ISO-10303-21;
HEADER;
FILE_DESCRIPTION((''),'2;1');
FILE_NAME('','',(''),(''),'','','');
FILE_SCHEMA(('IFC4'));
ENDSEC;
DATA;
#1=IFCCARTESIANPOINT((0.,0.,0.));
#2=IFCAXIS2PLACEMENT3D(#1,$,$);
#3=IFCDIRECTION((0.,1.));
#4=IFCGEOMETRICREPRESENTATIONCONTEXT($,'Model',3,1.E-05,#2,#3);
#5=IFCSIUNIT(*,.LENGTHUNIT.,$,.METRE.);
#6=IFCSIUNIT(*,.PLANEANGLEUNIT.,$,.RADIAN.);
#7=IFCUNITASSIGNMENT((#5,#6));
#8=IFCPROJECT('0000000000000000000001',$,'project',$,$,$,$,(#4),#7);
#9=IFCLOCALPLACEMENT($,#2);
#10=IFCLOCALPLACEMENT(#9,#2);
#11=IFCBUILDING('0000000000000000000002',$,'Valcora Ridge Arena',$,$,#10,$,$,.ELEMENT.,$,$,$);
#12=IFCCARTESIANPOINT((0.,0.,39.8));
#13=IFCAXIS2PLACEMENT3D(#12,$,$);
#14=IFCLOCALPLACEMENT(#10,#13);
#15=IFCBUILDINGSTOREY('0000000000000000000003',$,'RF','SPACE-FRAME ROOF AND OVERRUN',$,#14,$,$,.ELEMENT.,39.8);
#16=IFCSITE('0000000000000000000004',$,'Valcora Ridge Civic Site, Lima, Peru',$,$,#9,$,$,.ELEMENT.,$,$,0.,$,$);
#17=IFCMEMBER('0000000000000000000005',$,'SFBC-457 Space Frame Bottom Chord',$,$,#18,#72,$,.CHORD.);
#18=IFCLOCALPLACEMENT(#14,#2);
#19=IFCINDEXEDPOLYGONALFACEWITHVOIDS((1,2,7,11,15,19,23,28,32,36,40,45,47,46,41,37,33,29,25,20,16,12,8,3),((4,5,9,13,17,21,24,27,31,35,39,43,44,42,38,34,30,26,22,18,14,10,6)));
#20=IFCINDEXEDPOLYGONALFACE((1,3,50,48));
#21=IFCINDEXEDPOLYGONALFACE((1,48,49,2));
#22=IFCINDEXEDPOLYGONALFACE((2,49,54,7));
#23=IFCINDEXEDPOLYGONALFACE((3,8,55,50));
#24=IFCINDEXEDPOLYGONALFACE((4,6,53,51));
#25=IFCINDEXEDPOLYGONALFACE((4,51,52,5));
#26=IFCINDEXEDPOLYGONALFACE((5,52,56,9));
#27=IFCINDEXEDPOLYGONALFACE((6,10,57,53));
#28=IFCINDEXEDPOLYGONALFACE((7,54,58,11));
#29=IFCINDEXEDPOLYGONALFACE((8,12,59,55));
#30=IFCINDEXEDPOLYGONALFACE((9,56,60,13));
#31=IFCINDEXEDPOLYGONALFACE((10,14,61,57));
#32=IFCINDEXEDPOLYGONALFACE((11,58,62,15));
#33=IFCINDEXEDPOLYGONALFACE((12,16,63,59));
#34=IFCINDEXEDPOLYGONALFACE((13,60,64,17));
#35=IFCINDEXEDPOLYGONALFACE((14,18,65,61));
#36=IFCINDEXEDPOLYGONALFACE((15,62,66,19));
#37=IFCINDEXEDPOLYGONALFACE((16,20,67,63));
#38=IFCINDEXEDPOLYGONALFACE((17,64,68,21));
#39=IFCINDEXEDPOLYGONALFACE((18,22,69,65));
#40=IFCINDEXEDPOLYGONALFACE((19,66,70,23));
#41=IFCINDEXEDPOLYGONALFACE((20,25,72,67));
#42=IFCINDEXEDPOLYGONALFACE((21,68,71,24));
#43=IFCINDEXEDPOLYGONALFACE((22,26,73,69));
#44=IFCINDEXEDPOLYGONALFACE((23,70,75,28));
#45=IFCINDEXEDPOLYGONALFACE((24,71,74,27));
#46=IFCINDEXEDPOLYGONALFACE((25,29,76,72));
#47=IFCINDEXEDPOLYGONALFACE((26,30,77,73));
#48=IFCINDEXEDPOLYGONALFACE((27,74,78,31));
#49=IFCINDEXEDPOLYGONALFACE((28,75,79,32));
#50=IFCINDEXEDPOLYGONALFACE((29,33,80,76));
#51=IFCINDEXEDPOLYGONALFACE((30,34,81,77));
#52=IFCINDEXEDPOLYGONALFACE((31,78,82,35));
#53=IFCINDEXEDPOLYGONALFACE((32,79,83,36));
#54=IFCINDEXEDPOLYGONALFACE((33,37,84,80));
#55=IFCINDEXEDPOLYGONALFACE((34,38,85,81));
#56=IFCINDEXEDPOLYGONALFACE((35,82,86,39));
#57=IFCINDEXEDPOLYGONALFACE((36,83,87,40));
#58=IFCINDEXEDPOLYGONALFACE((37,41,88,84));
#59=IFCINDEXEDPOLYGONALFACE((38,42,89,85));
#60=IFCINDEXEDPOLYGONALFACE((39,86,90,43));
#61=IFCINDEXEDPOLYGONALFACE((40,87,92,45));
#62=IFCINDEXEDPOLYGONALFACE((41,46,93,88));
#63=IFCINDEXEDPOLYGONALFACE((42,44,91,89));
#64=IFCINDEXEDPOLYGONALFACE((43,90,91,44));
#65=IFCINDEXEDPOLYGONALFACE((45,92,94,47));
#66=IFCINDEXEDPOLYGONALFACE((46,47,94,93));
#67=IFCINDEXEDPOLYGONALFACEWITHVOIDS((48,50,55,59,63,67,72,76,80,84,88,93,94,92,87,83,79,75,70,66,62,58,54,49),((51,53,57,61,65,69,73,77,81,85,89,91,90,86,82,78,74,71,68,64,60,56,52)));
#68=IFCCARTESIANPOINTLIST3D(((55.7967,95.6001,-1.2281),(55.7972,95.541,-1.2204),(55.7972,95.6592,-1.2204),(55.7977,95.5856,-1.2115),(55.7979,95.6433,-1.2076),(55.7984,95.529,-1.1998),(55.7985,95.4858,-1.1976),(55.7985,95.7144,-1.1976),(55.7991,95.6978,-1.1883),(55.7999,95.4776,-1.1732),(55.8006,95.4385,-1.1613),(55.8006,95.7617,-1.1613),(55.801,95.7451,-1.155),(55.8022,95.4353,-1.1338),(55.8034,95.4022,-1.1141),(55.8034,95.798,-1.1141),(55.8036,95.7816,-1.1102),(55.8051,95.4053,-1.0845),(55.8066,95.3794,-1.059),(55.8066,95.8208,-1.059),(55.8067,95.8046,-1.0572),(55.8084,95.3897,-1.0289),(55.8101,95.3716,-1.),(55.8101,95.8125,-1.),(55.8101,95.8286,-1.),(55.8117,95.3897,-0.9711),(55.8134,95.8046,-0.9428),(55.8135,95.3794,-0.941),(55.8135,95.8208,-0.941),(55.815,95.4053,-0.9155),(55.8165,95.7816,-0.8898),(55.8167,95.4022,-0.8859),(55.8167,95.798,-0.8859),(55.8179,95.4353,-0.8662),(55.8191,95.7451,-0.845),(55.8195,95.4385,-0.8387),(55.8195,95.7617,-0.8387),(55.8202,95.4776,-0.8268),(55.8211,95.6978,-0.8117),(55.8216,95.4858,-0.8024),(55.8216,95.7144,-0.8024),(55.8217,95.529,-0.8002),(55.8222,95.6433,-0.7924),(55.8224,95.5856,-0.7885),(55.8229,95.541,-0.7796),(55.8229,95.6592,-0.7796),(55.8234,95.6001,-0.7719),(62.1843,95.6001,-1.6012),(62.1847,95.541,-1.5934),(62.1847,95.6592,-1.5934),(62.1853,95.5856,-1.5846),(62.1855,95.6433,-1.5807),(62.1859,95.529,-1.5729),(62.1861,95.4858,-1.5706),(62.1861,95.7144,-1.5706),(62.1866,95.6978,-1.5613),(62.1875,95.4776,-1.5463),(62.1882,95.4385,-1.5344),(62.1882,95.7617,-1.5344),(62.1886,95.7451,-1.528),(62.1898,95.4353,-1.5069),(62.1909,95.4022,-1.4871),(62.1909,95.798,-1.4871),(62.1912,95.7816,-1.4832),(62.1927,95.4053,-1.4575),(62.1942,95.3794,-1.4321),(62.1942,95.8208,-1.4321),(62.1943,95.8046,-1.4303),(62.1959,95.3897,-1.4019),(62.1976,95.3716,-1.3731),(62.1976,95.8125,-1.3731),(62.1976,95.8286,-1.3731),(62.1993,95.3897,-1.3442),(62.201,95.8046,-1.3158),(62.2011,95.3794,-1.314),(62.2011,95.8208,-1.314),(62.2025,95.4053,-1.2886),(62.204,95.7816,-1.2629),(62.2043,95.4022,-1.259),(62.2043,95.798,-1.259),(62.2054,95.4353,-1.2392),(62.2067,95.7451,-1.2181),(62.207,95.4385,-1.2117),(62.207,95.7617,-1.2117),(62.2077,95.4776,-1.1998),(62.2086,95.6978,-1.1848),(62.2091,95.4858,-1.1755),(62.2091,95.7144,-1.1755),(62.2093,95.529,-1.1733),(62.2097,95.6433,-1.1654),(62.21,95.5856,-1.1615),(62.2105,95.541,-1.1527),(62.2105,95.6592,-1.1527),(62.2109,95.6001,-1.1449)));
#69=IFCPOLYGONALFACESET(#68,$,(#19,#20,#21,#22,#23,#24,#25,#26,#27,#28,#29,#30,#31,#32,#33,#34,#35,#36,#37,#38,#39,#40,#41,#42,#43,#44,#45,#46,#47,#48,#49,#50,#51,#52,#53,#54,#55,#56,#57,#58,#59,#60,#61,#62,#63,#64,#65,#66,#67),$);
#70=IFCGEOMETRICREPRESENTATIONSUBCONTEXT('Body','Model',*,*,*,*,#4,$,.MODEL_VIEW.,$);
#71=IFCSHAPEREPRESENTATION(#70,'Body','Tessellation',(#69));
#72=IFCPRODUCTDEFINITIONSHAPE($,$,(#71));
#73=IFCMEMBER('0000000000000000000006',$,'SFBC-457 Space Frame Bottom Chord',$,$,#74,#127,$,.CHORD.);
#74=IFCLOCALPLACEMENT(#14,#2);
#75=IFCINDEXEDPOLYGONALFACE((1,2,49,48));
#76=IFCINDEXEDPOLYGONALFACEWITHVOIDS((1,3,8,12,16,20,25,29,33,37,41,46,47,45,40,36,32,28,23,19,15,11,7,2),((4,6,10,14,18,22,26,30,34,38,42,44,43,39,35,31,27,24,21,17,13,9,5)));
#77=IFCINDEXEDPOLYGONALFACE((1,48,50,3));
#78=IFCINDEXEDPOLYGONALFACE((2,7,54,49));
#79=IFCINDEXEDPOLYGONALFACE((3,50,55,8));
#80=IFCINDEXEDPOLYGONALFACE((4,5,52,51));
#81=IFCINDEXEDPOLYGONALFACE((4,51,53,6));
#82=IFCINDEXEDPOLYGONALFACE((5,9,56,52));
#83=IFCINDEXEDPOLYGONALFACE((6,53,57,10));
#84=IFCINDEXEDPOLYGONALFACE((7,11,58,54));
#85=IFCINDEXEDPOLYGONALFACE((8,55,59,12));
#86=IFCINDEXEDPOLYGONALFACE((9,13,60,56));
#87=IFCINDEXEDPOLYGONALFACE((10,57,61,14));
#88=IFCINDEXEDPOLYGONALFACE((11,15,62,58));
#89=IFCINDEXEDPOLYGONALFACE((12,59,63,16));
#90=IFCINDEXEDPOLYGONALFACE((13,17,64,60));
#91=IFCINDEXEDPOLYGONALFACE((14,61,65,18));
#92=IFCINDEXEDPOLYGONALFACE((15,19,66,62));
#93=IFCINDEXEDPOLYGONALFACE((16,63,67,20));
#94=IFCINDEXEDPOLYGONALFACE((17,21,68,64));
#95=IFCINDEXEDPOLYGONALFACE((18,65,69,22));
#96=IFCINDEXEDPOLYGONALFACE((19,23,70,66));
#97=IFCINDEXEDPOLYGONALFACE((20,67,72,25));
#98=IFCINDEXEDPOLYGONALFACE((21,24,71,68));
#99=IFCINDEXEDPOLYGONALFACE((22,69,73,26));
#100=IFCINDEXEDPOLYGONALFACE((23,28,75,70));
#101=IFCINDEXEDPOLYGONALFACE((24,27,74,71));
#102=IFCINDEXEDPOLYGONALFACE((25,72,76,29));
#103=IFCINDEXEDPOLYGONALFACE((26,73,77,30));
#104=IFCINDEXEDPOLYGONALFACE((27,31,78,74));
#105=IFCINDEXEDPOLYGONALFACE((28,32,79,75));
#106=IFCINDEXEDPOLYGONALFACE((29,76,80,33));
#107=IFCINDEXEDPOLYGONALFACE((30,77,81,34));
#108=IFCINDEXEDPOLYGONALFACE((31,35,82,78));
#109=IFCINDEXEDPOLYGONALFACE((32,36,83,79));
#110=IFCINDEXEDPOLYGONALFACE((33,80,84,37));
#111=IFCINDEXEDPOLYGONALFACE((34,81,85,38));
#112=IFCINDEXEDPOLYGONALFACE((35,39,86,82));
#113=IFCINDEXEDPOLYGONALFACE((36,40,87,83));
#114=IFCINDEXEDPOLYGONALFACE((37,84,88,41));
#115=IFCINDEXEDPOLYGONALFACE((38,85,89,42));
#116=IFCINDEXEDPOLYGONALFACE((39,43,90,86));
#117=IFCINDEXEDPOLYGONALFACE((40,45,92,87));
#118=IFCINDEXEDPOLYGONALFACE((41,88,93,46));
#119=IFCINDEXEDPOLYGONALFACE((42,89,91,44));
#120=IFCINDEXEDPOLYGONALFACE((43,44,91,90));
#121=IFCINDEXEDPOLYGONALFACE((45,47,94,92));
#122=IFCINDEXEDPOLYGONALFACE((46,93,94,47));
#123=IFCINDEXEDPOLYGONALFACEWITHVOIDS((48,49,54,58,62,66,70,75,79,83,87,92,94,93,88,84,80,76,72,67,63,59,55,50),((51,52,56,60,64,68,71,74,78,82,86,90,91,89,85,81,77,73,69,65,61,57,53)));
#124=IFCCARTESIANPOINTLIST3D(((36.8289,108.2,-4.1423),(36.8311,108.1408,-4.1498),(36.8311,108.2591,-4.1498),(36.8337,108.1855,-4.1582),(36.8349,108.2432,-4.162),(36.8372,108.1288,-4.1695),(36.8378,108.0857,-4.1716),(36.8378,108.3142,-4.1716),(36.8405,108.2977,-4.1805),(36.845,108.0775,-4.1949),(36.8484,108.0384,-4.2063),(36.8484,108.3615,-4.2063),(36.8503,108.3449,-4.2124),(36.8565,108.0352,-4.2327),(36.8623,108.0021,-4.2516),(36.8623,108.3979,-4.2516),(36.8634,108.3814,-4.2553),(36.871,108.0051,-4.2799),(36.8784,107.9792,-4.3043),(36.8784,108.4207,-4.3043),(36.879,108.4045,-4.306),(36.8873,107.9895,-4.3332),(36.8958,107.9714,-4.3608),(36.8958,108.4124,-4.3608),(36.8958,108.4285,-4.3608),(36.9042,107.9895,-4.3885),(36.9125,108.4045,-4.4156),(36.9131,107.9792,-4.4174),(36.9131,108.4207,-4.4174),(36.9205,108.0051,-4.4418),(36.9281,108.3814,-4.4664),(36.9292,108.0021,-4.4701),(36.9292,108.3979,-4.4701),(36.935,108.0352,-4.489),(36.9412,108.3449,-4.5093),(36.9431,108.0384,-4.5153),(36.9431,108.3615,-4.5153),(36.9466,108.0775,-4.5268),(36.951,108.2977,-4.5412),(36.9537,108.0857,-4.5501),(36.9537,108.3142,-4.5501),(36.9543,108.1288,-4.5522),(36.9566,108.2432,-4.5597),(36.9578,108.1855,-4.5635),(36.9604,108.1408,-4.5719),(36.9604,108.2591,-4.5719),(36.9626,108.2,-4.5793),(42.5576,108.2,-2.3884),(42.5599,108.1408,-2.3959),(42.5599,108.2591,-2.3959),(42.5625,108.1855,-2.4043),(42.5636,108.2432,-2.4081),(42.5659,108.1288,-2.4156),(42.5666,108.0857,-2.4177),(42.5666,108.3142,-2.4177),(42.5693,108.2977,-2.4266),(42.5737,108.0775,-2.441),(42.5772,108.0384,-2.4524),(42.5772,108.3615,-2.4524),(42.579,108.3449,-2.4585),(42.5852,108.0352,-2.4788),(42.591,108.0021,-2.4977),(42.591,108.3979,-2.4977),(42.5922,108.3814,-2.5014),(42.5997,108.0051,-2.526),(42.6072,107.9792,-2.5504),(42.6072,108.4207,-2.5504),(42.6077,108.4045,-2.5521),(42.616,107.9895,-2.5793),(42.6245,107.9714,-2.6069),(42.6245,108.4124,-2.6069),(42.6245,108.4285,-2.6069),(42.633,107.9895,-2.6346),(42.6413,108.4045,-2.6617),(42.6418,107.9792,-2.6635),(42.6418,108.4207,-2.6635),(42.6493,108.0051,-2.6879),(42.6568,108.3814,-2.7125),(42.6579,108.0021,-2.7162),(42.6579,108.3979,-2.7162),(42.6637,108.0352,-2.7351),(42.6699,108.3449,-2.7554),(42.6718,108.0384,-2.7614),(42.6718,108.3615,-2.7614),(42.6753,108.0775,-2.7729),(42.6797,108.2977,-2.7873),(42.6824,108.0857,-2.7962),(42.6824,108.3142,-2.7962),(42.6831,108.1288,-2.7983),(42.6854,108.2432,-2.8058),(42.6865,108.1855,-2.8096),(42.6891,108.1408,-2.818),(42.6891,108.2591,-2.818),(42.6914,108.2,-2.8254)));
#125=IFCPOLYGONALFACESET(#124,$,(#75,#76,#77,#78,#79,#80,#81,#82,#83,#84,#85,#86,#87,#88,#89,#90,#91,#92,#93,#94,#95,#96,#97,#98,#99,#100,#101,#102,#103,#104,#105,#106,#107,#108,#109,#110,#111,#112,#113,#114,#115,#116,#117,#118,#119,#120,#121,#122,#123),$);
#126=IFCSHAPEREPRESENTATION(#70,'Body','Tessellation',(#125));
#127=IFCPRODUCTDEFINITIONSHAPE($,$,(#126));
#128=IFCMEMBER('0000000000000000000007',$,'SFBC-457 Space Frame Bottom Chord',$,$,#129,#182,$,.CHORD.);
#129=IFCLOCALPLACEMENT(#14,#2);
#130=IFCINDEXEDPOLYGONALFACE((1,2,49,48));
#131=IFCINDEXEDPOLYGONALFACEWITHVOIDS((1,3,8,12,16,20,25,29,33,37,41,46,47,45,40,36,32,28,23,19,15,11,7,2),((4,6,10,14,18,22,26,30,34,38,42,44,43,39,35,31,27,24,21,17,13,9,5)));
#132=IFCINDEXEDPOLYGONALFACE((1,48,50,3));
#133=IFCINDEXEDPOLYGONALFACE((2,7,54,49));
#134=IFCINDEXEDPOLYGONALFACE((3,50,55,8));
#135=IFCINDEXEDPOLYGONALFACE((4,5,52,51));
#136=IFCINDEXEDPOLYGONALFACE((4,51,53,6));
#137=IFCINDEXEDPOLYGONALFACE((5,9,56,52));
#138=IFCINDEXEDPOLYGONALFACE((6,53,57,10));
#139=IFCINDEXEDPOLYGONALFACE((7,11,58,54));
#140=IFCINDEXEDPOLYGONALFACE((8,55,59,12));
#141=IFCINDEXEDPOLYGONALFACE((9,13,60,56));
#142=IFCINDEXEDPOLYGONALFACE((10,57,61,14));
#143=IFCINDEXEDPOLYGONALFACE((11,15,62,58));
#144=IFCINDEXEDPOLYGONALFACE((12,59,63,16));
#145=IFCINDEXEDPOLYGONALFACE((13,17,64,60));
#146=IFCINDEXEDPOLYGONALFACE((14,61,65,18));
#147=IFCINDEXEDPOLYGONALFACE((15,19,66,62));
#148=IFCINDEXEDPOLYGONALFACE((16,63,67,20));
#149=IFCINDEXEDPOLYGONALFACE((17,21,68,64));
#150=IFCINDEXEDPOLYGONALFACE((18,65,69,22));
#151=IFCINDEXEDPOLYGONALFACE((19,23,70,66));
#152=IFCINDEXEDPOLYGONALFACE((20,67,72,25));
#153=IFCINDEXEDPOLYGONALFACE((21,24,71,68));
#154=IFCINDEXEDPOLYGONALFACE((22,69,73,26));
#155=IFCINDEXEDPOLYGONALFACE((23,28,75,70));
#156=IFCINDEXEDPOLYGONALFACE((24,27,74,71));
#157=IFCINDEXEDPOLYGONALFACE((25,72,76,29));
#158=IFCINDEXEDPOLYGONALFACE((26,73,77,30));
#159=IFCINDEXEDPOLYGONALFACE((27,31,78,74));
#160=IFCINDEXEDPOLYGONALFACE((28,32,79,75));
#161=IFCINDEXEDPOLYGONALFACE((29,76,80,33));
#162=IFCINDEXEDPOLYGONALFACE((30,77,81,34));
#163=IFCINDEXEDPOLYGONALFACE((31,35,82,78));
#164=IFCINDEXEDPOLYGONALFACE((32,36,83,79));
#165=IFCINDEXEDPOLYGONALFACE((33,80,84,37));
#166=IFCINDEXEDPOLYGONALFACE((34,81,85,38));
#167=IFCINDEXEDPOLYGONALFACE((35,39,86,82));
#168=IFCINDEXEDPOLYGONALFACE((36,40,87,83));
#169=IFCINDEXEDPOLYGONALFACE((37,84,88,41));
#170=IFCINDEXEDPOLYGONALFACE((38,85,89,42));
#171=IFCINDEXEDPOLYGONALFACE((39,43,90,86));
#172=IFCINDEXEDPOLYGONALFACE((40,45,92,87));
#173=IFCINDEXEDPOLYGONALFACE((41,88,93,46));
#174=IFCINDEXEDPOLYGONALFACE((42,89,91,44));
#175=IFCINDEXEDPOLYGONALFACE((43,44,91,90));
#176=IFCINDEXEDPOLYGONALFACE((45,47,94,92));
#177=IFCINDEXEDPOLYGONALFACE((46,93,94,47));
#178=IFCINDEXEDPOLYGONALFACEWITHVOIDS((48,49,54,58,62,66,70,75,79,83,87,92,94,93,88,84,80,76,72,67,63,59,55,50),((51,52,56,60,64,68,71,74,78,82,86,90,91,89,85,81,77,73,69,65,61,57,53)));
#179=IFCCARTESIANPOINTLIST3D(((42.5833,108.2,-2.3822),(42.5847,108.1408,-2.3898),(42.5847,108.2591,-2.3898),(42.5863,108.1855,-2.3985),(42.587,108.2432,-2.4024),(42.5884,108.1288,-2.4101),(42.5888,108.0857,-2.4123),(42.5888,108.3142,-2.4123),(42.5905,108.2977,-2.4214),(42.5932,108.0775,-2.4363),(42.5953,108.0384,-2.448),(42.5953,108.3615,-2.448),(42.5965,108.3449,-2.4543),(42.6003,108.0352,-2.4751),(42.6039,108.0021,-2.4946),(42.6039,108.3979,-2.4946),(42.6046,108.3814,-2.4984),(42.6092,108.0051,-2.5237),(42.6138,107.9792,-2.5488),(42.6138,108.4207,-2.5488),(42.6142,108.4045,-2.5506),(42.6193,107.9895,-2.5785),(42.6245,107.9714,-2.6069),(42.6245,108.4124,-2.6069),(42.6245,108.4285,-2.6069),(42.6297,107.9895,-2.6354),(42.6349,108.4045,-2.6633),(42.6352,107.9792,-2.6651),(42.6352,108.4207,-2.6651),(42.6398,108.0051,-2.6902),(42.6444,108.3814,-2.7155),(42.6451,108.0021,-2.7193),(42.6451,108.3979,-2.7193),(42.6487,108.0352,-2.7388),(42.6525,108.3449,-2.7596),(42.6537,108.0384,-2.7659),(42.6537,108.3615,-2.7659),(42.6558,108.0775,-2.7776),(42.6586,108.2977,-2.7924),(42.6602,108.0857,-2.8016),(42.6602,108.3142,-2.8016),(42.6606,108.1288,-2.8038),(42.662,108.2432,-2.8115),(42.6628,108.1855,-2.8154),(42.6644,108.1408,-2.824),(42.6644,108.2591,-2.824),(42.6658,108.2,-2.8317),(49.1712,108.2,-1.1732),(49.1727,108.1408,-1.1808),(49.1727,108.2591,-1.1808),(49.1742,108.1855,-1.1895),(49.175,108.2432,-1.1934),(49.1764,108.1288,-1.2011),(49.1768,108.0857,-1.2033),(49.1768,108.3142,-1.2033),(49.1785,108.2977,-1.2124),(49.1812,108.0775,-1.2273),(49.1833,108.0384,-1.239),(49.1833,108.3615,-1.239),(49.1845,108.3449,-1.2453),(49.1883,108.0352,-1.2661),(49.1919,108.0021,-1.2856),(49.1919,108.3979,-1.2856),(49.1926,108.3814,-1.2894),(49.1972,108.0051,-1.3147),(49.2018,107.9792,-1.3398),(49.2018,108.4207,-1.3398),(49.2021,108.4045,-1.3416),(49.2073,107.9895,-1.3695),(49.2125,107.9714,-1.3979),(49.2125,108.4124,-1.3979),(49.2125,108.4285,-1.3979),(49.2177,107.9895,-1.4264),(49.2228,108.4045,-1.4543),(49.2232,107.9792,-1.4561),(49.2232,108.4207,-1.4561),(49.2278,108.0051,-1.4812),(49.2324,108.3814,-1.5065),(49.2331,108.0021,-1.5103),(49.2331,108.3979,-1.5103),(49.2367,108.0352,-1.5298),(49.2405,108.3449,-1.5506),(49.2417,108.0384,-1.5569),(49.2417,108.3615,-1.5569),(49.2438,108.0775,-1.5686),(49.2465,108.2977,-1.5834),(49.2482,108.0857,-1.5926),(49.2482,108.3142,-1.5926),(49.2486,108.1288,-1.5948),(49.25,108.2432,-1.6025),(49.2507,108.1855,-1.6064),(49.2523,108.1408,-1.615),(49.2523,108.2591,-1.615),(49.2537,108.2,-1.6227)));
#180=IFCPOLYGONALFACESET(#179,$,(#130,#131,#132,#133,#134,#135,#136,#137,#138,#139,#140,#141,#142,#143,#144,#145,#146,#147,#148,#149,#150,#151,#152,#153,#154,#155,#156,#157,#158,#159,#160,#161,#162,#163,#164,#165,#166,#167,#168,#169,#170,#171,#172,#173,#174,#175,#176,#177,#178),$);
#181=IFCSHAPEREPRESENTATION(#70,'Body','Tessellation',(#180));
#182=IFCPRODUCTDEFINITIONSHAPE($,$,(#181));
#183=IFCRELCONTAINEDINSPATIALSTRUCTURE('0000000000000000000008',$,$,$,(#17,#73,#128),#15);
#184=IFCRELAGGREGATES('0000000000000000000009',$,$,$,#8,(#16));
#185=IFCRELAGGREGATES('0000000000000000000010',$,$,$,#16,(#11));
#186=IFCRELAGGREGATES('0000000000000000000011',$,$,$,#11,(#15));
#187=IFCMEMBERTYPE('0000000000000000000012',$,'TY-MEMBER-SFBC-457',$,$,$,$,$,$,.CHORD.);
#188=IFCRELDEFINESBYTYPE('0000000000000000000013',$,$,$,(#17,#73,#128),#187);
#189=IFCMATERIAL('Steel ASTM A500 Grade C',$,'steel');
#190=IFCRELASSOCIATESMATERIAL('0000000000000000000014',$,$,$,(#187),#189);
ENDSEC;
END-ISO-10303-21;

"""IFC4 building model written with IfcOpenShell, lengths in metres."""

from ifc_helpers import new_model, si_unit, direction, frame, origin, origin_2d, place, context, subcontext, project, spatial, hollow_circle, extrude, material, material_profile, profile_set, type_object, element, save


model = new_model("IFC4")

# Units and contexts
model_context = context("Model", 3, precision=1e-05, world=origin(), true_north=direction((0.0, 1.0)))
body_context = subcontext(model_context, "Body", "Model", "MODEL_VIEW")
ifc_project = project(units=[si_unit("LENGTHUNIT", "METRE"), si_unit("PLANEANGLEUNIT", "RADIAN")], contexts=[model_context])

# Site, building, storey
site_placement = place(None, origin())
site = spatial("IfcSite", under=ifc_project, at=site_placement, Name="Valcora Ridge Civic Site, Lima, Peru", CompositionType="ELEMENT", RefElevation=0.0)
building_placement = place(site_placement, origin())
building = spatial("IfcBuilding", under=site, at=building_placement, Name="Valcora Ridge Arena", CompositionType="ELEMENT")
storey_placement = place(building_placement, frame((0.0, 0.0, 39.8)))
storey = spatial("IfcBuildingStorey", under=building, at=storey_placement, Name="RF", Description="SPACE-FRAME ROOF AND OVERRUN", CompositionType="ELEMENT", Elevation=39.8)

# Members
ifc_material_1 = material(Name="Steel ASTM A500 Grade C", Category="steel")
ifc_material_profile_1 = material_profile(ifc_material_1, hollow_circle(Radius=0.2285, WallThickness=0.0161, at=origin_2d()), Name="CHS457X16")
ifc_profile_set_1 = profile_set([ifc_material_profile_1], Name="Steel ASTM A500 Grade C")
member_type_1 = type_object("IfcMemberType", Name="TY-MEMBER-SFBC-457", PredefinedType="CHORD", material=ifc_profile_set_1)
member_1_placement = place(storey_placement, frame((55.8101, 95.6001, -1.0), z_axis=(0.998299, 0.0, -0.058304), x_axis=(0.0, 1.0, 0.0)))
element("IfcMember", 1, at=member_1_placement, inside=storey, type_object=member_type_1, Name="SFBC-457 Space Frame Bottom Chord", PredefinedType="CHORD", context=body_context, shape_type="SweptSolid", body=[
    extrude(hollow_circle(Radius=0.2285, WallThickness=0.0161, at=origin_2d()), origin(), (0.0, 0.0, 1.0), 6.3984),
])
member_2_placement = place(storey_placement, frame((36.8958, 108.2, -4.3608), z_axis=(0.95619, 0.0, 0.292745), x_axis=(0.0, 1.0, 0.0)))
element("IfcMember", 2, at=member_2_placement, inside=storey, type_object=member_type_1, Name="SFBC-457 Space Frame Bottom Chord", PredefinedType="CHORD", context=body_context, shape_type="SweptSolid", body=[
    extrude(hollow_circle(Radius=0.2285, WallThickness=0.0161, at=origin_2d()), origin(), (0.0, 0.0, 1.0), 5.9912),
])
member_3_placement = place(storey_placement, frame((42.6245, 108.2, -2.6069), z_axis=(0.983575, 0.0, 0.180502), x_axis=(0.0, 1.0, 0.0)))
element("IfcMember", 3, at=member_3_placement, inside=storey, type_object=member_type_1, Name="SFBC-457 Space Frame Bottom Chord", PredefinedType="CHORD", context=body_context, shape_type="SweptSolid", body=[
    extrude(hollow_circle(Radius=0.2285, WallThickness=0.0161, at=origin_2d()), origin(), (0.0, 0.0, 1.0), 6.698),
])

save(model, "model.ifc")
